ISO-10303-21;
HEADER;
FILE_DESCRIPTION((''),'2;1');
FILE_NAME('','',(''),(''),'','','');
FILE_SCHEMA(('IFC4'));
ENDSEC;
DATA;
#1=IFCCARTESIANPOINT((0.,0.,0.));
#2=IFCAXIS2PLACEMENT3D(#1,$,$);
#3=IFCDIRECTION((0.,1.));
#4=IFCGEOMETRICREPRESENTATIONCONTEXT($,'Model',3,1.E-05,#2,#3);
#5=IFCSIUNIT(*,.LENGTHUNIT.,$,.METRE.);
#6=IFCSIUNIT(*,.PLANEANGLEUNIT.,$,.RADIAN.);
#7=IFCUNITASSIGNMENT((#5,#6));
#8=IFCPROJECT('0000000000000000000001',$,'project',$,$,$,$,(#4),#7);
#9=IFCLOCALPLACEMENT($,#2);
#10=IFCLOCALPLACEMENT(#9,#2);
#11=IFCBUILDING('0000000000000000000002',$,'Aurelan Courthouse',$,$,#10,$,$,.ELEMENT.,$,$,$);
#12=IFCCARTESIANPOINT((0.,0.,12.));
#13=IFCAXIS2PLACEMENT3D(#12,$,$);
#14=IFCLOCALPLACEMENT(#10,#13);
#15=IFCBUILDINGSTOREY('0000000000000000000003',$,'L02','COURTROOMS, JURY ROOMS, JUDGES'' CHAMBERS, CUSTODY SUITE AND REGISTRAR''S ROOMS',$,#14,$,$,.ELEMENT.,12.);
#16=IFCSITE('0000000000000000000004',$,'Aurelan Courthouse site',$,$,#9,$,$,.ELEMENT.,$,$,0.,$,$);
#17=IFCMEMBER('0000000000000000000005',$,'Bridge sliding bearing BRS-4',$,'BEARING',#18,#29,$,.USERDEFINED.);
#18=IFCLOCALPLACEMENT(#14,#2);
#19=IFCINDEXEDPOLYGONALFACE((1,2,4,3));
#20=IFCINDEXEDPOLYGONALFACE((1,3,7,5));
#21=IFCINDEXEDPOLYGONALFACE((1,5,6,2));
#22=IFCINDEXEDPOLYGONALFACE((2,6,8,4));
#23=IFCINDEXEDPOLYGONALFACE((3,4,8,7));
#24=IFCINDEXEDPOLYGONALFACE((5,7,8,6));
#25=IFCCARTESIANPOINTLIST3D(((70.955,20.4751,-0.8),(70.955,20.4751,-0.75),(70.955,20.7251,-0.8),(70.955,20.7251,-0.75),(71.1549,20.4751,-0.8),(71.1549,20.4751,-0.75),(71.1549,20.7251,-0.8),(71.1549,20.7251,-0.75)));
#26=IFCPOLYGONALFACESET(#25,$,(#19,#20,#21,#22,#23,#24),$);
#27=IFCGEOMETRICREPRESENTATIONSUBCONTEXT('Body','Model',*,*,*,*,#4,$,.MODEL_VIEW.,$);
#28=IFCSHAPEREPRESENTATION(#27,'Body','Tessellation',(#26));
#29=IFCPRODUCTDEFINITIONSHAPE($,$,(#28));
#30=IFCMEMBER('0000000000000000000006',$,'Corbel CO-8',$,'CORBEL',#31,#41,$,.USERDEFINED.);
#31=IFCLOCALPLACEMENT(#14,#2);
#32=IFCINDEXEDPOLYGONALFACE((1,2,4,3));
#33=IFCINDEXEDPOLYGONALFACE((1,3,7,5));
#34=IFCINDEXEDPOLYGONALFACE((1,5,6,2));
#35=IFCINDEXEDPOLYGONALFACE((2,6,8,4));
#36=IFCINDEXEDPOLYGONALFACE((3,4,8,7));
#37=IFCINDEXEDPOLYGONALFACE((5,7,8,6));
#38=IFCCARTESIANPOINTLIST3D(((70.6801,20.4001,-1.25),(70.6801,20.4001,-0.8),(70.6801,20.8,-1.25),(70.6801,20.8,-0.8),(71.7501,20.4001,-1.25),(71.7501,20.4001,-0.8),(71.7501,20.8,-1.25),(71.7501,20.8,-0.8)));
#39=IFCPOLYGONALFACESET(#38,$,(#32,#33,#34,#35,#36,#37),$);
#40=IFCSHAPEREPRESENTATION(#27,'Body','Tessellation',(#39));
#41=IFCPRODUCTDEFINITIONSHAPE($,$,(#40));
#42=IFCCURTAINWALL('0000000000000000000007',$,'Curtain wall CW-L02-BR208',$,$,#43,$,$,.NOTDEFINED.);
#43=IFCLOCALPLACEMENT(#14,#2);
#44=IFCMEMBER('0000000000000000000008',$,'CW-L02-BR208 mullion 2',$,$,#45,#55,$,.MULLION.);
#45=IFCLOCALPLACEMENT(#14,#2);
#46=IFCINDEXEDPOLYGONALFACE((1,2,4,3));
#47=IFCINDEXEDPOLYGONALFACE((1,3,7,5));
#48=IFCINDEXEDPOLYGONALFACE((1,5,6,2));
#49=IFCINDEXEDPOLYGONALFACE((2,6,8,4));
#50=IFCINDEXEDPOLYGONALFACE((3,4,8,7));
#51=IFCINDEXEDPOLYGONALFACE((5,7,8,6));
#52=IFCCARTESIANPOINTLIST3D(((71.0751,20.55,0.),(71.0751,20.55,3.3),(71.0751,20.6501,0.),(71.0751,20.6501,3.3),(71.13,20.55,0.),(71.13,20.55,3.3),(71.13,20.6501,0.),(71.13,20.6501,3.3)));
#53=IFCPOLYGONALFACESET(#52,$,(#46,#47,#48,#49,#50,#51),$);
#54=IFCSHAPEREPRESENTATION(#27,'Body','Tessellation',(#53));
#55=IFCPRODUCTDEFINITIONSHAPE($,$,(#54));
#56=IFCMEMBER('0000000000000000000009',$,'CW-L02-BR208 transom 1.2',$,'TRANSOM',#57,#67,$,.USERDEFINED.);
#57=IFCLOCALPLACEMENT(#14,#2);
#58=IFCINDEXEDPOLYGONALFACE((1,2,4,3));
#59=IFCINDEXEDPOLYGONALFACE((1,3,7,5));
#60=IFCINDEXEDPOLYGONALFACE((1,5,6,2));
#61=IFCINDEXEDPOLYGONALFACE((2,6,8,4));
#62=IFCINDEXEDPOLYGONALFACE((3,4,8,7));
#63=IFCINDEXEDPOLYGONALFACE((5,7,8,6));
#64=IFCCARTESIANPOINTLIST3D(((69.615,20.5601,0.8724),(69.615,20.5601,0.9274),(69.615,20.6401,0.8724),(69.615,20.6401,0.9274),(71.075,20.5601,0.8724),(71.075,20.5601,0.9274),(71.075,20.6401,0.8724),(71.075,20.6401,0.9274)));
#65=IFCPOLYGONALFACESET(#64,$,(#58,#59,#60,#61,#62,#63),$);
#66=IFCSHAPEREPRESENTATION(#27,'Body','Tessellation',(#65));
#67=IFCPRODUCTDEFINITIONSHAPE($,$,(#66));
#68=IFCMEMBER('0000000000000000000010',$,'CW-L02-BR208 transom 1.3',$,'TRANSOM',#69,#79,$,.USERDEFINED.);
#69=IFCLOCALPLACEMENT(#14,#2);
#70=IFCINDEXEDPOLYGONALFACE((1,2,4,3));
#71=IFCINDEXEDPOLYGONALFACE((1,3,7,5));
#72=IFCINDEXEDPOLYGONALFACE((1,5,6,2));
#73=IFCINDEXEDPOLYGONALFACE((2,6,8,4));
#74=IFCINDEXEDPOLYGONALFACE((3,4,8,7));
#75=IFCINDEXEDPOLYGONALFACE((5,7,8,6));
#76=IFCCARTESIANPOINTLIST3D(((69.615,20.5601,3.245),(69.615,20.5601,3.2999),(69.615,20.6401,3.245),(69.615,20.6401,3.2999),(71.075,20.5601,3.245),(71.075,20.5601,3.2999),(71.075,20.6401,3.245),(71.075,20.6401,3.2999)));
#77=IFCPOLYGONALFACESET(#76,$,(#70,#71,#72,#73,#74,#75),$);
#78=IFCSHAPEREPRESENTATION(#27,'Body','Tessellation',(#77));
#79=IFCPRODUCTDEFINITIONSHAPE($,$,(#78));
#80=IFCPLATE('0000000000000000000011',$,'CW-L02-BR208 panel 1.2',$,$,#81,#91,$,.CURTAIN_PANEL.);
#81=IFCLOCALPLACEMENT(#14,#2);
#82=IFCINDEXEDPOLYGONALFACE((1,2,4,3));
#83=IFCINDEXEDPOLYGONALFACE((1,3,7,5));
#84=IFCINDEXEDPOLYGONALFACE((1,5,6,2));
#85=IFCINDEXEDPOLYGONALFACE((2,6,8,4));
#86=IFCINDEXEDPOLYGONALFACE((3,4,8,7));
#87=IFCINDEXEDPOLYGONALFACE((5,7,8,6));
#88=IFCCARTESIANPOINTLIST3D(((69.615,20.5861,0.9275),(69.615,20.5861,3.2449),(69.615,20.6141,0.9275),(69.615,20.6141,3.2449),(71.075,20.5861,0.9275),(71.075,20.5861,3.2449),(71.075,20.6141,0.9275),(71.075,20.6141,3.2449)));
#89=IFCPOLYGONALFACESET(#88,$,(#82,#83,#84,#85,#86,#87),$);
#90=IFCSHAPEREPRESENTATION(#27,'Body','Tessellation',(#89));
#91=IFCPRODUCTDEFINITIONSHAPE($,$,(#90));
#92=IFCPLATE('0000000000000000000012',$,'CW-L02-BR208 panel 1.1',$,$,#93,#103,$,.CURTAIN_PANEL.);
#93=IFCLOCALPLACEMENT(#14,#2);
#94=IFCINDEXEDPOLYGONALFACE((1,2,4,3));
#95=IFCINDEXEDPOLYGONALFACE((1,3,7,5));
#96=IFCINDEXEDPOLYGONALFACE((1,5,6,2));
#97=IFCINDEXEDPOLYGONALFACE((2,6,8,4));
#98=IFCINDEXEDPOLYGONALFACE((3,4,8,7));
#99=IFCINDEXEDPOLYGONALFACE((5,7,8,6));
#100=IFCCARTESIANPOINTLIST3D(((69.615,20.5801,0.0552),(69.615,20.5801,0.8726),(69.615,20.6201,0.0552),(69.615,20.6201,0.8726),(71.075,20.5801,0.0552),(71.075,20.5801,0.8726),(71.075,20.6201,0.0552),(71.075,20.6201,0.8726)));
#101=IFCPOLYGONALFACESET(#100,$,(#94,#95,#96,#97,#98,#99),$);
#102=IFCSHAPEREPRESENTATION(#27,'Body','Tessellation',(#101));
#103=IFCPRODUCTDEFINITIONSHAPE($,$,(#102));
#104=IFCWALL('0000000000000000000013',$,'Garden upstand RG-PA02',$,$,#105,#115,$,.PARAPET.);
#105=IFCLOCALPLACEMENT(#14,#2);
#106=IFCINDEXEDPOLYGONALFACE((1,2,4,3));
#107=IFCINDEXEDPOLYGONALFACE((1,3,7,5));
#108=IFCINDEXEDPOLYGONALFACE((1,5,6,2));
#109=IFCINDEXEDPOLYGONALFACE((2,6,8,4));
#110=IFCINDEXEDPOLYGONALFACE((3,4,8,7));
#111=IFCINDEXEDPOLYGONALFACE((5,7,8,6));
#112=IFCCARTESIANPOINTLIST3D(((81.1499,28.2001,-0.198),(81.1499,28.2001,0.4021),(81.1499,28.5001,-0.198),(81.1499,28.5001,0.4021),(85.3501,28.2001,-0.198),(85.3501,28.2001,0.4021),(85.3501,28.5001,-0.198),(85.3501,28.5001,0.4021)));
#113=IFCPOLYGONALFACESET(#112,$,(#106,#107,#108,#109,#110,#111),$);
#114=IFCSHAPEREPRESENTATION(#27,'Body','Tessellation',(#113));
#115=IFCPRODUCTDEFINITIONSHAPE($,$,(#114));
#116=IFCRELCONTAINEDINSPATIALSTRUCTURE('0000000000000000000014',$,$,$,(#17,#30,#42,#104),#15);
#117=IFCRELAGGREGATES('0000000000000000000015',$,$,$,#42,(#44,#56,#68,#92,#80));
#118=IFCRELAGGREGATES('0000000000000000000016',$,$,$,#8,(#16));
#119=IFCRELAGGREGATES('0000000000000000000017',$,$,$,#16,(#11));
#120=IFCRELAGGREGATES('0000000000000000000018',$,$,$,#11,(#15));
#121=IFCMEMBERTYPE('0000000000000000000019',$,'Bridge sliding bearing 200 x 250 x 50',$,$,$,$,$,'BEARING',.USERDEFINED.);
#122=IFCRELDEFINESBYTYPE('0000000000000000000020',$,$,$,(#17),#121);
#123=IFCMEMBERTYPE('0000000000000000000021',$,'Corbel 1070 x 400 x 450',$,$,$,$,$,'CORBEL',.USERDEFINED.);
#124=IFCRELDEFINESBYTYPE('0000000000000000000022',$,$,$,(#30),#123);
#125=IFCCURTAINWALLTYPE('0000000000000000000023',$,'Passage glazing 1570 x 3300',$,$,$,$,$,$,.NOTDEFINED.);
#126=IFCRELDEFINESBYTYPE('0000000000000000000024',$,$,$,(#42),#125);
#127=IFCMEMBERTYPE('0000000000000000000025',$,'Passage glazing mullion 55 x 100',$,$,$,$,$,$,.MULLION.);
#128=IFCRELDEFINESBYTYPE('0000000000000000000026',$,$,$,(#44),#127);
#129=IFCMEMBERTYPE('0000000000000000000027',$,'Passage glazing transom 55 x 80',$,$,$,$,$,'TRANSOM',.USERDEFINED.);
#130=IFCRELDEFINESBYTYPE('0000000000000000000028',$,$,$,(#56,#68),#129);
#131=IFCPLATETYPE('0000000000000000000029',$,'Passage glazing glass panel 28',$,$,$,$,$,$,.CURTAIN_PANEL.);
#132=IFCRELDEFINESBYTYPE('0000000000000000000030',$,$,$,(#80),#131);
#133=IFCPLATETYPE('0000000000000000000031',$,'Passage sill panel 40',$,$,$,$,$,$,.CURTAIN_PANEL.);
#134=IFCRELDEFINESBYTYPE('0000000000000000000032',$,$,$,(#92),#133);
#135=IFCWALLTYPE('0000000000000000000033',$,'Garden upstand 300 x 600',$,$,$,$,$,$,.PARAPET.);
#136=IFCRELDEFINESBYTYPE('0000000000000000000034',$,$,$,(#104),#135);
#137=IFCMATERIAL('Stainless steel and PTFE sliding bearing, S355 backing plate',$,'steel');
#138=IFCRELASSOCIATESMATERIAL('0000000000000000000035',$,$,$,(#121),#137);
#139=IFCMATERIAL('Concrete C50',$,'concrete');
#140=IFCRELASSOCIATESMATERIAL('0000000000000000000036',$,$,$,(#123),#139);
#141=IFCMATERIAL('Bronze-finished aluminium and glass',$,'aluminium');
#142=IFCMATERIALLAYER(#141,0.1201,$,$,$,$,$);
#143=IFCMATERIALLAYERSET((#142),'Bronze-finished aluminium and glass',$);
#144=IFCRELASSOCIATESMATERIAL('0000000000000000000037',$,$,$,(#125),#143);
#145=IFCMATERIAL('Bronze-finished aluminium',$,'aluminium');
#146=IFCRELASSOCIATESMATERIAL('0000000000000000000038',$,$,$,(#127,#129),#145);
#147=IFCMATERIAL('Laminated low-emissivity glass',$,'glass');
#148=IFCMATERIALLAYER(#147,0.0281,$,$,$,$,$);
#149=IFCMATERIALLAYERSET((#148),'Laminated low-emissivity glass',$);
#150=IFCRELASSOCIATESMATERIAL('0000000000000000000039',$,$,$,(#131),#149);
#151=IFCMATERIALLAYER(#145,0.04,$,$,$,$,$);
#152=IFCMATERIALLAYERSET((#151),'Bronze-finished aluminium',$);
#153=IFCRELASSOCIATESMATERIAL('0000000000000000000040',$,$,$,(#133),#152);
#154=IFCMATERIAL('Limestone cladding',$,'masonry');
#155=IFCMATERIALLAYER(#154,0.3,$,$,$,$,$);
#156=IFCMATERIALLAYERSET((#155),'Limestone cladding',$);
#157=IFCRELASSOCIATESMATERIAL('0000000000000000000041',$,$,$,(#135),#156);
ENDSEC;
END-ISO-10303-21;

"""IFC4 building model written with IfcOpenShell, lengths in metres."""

from ifc_helpers import new_model, si_unit, direction, frame, frame_2d, origin, origin_2d, place, context, subcontext, project, spatial, rectangle, extrude, material, layer, layer_set, material_profile, profile_set, type_object, element, aggregate, save


model = new_model("IFC4")

# Units and contexts
model_context = context("Model", 3, precision=1e-05, world=origin(), true_north=direction((0.0, 1.0)))
body_context = subcontext(model_context, "Body", "Model", "MODEL_VIEW")
ifc_project = project(units=[si_unit("LENGTHUNIT", "METRE"), si_unit("PLANEANGLEUNIT", "RADIAN")], contexts=[model_context])

# Site, building, storey
site_placement = place(None, origin())
site = spatial("IfcSite", under=ifc_project, at=site_placement, Name="Aurelan Courthouse site", CompositionType="ELEMENT", RefElevation=0.0)
building_placement = place(site_placement, origin())
building = spatial("IfcBuilding", under=site, at=building_placement, Name="Aurelan Courthouse", CompositionType="ELEMENT")
storey_placement = place(building_placement, frame((0.0, 0.0, 12.0)))
storey = spatial("IfcBuildingStorey", under=building, at=storey_placement, Name="L02", Description="COURTROOMS, JURY ROOMS, JUDGES' CHAMBERS, CUSTODY SUITE AND REGISTRAR'S ROOMS", CompositionType="ELEMENT", Elevation=12.0)

# Members
ifc_material_1 = material(Name="Stainless steel and PTFE sliding bearing, S355 backing plate", Category="steel")
ifc_material_profile_1 = material_profile(ifc_material_1, rectangle(XDim=0.2, YDim=0.25, at=origin_2d()), Name="PL 200 x 250")
ifc_profile_set_1 = profile_set([ifc_material_profile_1], Name="Stainless steel and PTFE sliding bearing, S355 backing plate")
member_type_1 = type_object("IfcMemberType", Name="Bridge sliding bearing 200 x 250 x 50", ElementType="BEARING", PredefinedType="USERDEFINED", material=ifc_profile_set_1)
member_1_placement = place(storey_placement, frame((71.0549, 20.6001, -0.8), z_axis=(0.0, 0.0, 1.0), x_axis=(1.0, 0.0, 0.0)))
element("IfcMember", 1, at=member_1_placement, inside=storey, type_object=member_type_1, Name="Bridge sliding bearing BRS-4", ObjectType="BEARING", PredefinedType="USERDEFINED", context=body_context, shape_type="SweptSolid", body=[
    extrude(rectangle(XDim=0.2, YDim=0.25, at=origin_2d()), origin(), (0.0, 0.0, 1.0), 0.05),
])
ifc_material_2 = material(Name="Concrete C50", Category="concrete")
member_type_2 = type_object("IfcMemberType", Name="Corbel 1070 x 400 x 450", ElementType="CORBEL", PredefinedType="USERDEFINED", material=ifc_material_2)
member_2_placement = place(storey_placement, frame((71.2151, 20.6001, -1.25), z_axis=(0.0, 0.0, 1.0), x_axis=(1.0, 0.0, 0.0)))
element("IfcMember", 2, at=member_2_placement, inside=storey, type_object=member_type_2, Name="Corbel CO-8", ObjectType="CORBEL", PredefinedType="USERDEFINED", context=body_context, shape_type="SweptSolid", body=[
    extrude(rectangle(XDim=1.0701, YDim=0.3999, at=origin_2d()), origin(), (0.0, 0.0, 1.0), 0.45),
])

# Curtain wall, members, plates
ifc_material_3 = material(Name="Bronze-finished aluminium and glass", Category="aluminium")
ifc_layer_1 = layer(ifc_material_3, 0.1201)
ifc_layer_set_1 = layer_set([ifc_layer_1], Name="Bronze-finished aluminium and glass")
curtain_wall_type = type_object("IfcCurtainWallType", Name="Passage glazing 1570 x 3300", PredefinedType="NOTDEFINED", material=ifc_layer_set_1)
curtain_wall_placement = place(storey_placement, origin())
curtain_wall = element("IfcCurtainWall", 3, at=curtain_wall_placement, inside=storey, type_object=curtain_wall_type, Name="Curtain wall CW-L02-BR208", PredefinedType="NOTDEFINED")
ifc_material_4 = material(Name="Bronze-finished aluminium", Category="aluminium")
ifc_material_profile_2 = material_profile(ifc_material_4, rectangle(XDim=0.1001, YDim=0.0549, at=origin_2d()), Name="Passage glazing mullion 55 x 100")
ifc_profile_set_2 = profile_set([ifc_material_profile_2], Name="Bronze-finished aluminium")
member_type_3 = type_object("IfcMemberType", Name="Passage glazing mullion 55 x 100", PredefinedType="MULLION", material=ifc_profile_set_2)
member_3_placement = place(storey_placement, frame((71.1025, 20.6001, 0.0), z_axis=(0.0, 0.0, 1.0), x_axis=(0.0, 1.0, 0.0)))
member_3 = element("IfcMember", 4, at=member_3_placement, type_object=member_type_3, Name="CW-L02-BR208 mullion 2", PredefinedType="MULLION", context=body_context, shape_type="SweptSolid", body=[
    extrude(rectangle(XDim=0.1001, YDim=0.0549, at=origin_2d()), origin(), (0.0, 0.0, 1.0), 3.3),
])
ifc_material_profile_3 = material_profile(ifc_material_4, rectangle(XDim=0.0801, YDim=0.0549, at=origin_2d()), Name="Passage glazing transom 55 x 80")
ifc_profile_set_3 = profile_set([ifc_material_profile_3], Name="Bronze-finished aluminium")
member_type_4 = type_object("IfcMemberType", Name="Passage glazing transom 55 x 80", ElementType="TRANSOM", PredefinedType="USERDEFINED", material=ifc_profile_set_3)
member_4_placement = place(storey_placement, frame((69.615, 20.6001, 0.8999), z_axis=(1.0, 0.0, 0.0), x_axis=(0.0, 1.0, 0.0)))
member_4 = element("IfcMember", 5, at=member_4_placement, type_object=member_type_4, Name="CW-L02-BR208 transom 1.2", ObjectType="TRANSOM", PredefinedType="USERDEFINED", context=body_context, shape_type="SweptSolid", body=[
    extrude(rectangle(XDim=0.0801, YDim=0.0549, at=origin_2d()), origin(), (0.0, 0.0, 1.0), 1.46),
])
member_5_placement = place(storey_placement, frame((69.615, 20.6001, 3.2725), z_axis=(1.0, 0.0, 0.0), x_axis=(0.0, 1.0, 0.0)))
member_5 = element("IfcMember", 6, at=member_5_placement, type_object=member_type_4, Name="CW-L02-BR208 transom 1.3", ObjectType="TRANSOM", PredefinedType="USERDEFINED", context=body_context, shape_type="SweptSolid", body=[
    extrude(rectangle(XDim=0.0801, YDim=0.0549, at=origin_2d()), origin(), (0.0, 0.0, 1.0), 1.46),
])
ifc_material_5 = material(Name="Laminated low-emissivity glass", Category="glass")
ifc_layer_2 = layer(ifc_material_5, 0.0281)
ifc_layer_set_2 = layer_set([ifc_layer_2], Name="Laminated low-emissivity glass")
plate_type_1 = type_object("IfcPlateType", Name="Passage glazing glass panel 28", PredefinedType="CURTAIN_PANEL", material=ifc_layer_set_2)
plate_1_placement = place(storey_placement, frame((70.345, 20.6001, 0.9275), z_axis=(0.0, 0.0, 1.0), x_axis=(1.0, 0.0, 0.0)))
plate_1 = element("IfcPlate", 7, at=plate_1_placement, type_object=plate_type_1, Name="CW-L02-BR208 panel 1.2", PredefinedType="CURTAIN_PANEL", context=body_context, shape_type="SweptSolid", body=[
    extrude(rectangle(XDim=1.46, YDim=0.0281, at=origin_2d()), origin(), (0.0, 0.0, 1.0), 2.3174),
])
ifc_layer_3 = layer(ifc_material_4, 0.04)
ifc_layer_set_3 = layer_set([ifc_layer_3], Name="Bronze-finished aluminium")
plate_type_2 = type_object("IfcPlateType", Name="Passage sill panel 40", PredefinedType="CURTAIN_PANEL", material=ifc_layer_set_3)
plate_2_placement = place(storey_placement, frame((70.345, 20.6001, 0.0552), z_axis=(0.0, 0.0, 1.0), x_axis=(1.0, 0.0, 0.0)))
plate_2 = element("IfcPlate", 8, at=plate_2_placement, type_object=plate_type_2, Name="CW-L02-BR208 panel 1.1", PredefinedType="CURTAIN_PANEL", context=body_context, shape_type="SweptSolid", body=[
    extrude(rectangle(XDim=1.46, YDim=0.04, at=origin_2d()), origin(), (0.0, 0.0, 1.0), 0.8174),
])
aggregate(curtain_wall, [member_3, member_4, member_5, plate_2, plate_1])

# Wall
ifc_material_6 = material(Name="Limestone cladding", Category="masonry")
ifc_layer_4 = layer(ifc_material_6, 0.3)
ifc_layer_set_4 = layer_set([ifc_layer_4], Name="Limestone cladding")
wall_type_1 = type_object("IfcWallType", Name="Garden upstand 300 x 600", PredefinedType="PARAPET", material=ifc_layer_set_4)
wall_1_placement = place(storey_placement, frame((81.1499, 28.3501, -0.198), z_axis=(0.0, 0.0, 1.0), x_axis=(1.0, 0.0, 0.0)))
element("IfcWall", 9, at=wall_1_placement, inside=storey, type_object=wall_type_1, Name="Garden upstand RG-PA02", PredefinedType="PARAPET", context=body_context, shape_type="SweptSolid", body=[
    extrude(rectangle(XDim=4.2002, YDim=0.3, at=frame_2d((2.1001, 0.0))), origin(), (0.0, 0.0, 1.0), 0.6001),
])

save(model, "model.ifc")
